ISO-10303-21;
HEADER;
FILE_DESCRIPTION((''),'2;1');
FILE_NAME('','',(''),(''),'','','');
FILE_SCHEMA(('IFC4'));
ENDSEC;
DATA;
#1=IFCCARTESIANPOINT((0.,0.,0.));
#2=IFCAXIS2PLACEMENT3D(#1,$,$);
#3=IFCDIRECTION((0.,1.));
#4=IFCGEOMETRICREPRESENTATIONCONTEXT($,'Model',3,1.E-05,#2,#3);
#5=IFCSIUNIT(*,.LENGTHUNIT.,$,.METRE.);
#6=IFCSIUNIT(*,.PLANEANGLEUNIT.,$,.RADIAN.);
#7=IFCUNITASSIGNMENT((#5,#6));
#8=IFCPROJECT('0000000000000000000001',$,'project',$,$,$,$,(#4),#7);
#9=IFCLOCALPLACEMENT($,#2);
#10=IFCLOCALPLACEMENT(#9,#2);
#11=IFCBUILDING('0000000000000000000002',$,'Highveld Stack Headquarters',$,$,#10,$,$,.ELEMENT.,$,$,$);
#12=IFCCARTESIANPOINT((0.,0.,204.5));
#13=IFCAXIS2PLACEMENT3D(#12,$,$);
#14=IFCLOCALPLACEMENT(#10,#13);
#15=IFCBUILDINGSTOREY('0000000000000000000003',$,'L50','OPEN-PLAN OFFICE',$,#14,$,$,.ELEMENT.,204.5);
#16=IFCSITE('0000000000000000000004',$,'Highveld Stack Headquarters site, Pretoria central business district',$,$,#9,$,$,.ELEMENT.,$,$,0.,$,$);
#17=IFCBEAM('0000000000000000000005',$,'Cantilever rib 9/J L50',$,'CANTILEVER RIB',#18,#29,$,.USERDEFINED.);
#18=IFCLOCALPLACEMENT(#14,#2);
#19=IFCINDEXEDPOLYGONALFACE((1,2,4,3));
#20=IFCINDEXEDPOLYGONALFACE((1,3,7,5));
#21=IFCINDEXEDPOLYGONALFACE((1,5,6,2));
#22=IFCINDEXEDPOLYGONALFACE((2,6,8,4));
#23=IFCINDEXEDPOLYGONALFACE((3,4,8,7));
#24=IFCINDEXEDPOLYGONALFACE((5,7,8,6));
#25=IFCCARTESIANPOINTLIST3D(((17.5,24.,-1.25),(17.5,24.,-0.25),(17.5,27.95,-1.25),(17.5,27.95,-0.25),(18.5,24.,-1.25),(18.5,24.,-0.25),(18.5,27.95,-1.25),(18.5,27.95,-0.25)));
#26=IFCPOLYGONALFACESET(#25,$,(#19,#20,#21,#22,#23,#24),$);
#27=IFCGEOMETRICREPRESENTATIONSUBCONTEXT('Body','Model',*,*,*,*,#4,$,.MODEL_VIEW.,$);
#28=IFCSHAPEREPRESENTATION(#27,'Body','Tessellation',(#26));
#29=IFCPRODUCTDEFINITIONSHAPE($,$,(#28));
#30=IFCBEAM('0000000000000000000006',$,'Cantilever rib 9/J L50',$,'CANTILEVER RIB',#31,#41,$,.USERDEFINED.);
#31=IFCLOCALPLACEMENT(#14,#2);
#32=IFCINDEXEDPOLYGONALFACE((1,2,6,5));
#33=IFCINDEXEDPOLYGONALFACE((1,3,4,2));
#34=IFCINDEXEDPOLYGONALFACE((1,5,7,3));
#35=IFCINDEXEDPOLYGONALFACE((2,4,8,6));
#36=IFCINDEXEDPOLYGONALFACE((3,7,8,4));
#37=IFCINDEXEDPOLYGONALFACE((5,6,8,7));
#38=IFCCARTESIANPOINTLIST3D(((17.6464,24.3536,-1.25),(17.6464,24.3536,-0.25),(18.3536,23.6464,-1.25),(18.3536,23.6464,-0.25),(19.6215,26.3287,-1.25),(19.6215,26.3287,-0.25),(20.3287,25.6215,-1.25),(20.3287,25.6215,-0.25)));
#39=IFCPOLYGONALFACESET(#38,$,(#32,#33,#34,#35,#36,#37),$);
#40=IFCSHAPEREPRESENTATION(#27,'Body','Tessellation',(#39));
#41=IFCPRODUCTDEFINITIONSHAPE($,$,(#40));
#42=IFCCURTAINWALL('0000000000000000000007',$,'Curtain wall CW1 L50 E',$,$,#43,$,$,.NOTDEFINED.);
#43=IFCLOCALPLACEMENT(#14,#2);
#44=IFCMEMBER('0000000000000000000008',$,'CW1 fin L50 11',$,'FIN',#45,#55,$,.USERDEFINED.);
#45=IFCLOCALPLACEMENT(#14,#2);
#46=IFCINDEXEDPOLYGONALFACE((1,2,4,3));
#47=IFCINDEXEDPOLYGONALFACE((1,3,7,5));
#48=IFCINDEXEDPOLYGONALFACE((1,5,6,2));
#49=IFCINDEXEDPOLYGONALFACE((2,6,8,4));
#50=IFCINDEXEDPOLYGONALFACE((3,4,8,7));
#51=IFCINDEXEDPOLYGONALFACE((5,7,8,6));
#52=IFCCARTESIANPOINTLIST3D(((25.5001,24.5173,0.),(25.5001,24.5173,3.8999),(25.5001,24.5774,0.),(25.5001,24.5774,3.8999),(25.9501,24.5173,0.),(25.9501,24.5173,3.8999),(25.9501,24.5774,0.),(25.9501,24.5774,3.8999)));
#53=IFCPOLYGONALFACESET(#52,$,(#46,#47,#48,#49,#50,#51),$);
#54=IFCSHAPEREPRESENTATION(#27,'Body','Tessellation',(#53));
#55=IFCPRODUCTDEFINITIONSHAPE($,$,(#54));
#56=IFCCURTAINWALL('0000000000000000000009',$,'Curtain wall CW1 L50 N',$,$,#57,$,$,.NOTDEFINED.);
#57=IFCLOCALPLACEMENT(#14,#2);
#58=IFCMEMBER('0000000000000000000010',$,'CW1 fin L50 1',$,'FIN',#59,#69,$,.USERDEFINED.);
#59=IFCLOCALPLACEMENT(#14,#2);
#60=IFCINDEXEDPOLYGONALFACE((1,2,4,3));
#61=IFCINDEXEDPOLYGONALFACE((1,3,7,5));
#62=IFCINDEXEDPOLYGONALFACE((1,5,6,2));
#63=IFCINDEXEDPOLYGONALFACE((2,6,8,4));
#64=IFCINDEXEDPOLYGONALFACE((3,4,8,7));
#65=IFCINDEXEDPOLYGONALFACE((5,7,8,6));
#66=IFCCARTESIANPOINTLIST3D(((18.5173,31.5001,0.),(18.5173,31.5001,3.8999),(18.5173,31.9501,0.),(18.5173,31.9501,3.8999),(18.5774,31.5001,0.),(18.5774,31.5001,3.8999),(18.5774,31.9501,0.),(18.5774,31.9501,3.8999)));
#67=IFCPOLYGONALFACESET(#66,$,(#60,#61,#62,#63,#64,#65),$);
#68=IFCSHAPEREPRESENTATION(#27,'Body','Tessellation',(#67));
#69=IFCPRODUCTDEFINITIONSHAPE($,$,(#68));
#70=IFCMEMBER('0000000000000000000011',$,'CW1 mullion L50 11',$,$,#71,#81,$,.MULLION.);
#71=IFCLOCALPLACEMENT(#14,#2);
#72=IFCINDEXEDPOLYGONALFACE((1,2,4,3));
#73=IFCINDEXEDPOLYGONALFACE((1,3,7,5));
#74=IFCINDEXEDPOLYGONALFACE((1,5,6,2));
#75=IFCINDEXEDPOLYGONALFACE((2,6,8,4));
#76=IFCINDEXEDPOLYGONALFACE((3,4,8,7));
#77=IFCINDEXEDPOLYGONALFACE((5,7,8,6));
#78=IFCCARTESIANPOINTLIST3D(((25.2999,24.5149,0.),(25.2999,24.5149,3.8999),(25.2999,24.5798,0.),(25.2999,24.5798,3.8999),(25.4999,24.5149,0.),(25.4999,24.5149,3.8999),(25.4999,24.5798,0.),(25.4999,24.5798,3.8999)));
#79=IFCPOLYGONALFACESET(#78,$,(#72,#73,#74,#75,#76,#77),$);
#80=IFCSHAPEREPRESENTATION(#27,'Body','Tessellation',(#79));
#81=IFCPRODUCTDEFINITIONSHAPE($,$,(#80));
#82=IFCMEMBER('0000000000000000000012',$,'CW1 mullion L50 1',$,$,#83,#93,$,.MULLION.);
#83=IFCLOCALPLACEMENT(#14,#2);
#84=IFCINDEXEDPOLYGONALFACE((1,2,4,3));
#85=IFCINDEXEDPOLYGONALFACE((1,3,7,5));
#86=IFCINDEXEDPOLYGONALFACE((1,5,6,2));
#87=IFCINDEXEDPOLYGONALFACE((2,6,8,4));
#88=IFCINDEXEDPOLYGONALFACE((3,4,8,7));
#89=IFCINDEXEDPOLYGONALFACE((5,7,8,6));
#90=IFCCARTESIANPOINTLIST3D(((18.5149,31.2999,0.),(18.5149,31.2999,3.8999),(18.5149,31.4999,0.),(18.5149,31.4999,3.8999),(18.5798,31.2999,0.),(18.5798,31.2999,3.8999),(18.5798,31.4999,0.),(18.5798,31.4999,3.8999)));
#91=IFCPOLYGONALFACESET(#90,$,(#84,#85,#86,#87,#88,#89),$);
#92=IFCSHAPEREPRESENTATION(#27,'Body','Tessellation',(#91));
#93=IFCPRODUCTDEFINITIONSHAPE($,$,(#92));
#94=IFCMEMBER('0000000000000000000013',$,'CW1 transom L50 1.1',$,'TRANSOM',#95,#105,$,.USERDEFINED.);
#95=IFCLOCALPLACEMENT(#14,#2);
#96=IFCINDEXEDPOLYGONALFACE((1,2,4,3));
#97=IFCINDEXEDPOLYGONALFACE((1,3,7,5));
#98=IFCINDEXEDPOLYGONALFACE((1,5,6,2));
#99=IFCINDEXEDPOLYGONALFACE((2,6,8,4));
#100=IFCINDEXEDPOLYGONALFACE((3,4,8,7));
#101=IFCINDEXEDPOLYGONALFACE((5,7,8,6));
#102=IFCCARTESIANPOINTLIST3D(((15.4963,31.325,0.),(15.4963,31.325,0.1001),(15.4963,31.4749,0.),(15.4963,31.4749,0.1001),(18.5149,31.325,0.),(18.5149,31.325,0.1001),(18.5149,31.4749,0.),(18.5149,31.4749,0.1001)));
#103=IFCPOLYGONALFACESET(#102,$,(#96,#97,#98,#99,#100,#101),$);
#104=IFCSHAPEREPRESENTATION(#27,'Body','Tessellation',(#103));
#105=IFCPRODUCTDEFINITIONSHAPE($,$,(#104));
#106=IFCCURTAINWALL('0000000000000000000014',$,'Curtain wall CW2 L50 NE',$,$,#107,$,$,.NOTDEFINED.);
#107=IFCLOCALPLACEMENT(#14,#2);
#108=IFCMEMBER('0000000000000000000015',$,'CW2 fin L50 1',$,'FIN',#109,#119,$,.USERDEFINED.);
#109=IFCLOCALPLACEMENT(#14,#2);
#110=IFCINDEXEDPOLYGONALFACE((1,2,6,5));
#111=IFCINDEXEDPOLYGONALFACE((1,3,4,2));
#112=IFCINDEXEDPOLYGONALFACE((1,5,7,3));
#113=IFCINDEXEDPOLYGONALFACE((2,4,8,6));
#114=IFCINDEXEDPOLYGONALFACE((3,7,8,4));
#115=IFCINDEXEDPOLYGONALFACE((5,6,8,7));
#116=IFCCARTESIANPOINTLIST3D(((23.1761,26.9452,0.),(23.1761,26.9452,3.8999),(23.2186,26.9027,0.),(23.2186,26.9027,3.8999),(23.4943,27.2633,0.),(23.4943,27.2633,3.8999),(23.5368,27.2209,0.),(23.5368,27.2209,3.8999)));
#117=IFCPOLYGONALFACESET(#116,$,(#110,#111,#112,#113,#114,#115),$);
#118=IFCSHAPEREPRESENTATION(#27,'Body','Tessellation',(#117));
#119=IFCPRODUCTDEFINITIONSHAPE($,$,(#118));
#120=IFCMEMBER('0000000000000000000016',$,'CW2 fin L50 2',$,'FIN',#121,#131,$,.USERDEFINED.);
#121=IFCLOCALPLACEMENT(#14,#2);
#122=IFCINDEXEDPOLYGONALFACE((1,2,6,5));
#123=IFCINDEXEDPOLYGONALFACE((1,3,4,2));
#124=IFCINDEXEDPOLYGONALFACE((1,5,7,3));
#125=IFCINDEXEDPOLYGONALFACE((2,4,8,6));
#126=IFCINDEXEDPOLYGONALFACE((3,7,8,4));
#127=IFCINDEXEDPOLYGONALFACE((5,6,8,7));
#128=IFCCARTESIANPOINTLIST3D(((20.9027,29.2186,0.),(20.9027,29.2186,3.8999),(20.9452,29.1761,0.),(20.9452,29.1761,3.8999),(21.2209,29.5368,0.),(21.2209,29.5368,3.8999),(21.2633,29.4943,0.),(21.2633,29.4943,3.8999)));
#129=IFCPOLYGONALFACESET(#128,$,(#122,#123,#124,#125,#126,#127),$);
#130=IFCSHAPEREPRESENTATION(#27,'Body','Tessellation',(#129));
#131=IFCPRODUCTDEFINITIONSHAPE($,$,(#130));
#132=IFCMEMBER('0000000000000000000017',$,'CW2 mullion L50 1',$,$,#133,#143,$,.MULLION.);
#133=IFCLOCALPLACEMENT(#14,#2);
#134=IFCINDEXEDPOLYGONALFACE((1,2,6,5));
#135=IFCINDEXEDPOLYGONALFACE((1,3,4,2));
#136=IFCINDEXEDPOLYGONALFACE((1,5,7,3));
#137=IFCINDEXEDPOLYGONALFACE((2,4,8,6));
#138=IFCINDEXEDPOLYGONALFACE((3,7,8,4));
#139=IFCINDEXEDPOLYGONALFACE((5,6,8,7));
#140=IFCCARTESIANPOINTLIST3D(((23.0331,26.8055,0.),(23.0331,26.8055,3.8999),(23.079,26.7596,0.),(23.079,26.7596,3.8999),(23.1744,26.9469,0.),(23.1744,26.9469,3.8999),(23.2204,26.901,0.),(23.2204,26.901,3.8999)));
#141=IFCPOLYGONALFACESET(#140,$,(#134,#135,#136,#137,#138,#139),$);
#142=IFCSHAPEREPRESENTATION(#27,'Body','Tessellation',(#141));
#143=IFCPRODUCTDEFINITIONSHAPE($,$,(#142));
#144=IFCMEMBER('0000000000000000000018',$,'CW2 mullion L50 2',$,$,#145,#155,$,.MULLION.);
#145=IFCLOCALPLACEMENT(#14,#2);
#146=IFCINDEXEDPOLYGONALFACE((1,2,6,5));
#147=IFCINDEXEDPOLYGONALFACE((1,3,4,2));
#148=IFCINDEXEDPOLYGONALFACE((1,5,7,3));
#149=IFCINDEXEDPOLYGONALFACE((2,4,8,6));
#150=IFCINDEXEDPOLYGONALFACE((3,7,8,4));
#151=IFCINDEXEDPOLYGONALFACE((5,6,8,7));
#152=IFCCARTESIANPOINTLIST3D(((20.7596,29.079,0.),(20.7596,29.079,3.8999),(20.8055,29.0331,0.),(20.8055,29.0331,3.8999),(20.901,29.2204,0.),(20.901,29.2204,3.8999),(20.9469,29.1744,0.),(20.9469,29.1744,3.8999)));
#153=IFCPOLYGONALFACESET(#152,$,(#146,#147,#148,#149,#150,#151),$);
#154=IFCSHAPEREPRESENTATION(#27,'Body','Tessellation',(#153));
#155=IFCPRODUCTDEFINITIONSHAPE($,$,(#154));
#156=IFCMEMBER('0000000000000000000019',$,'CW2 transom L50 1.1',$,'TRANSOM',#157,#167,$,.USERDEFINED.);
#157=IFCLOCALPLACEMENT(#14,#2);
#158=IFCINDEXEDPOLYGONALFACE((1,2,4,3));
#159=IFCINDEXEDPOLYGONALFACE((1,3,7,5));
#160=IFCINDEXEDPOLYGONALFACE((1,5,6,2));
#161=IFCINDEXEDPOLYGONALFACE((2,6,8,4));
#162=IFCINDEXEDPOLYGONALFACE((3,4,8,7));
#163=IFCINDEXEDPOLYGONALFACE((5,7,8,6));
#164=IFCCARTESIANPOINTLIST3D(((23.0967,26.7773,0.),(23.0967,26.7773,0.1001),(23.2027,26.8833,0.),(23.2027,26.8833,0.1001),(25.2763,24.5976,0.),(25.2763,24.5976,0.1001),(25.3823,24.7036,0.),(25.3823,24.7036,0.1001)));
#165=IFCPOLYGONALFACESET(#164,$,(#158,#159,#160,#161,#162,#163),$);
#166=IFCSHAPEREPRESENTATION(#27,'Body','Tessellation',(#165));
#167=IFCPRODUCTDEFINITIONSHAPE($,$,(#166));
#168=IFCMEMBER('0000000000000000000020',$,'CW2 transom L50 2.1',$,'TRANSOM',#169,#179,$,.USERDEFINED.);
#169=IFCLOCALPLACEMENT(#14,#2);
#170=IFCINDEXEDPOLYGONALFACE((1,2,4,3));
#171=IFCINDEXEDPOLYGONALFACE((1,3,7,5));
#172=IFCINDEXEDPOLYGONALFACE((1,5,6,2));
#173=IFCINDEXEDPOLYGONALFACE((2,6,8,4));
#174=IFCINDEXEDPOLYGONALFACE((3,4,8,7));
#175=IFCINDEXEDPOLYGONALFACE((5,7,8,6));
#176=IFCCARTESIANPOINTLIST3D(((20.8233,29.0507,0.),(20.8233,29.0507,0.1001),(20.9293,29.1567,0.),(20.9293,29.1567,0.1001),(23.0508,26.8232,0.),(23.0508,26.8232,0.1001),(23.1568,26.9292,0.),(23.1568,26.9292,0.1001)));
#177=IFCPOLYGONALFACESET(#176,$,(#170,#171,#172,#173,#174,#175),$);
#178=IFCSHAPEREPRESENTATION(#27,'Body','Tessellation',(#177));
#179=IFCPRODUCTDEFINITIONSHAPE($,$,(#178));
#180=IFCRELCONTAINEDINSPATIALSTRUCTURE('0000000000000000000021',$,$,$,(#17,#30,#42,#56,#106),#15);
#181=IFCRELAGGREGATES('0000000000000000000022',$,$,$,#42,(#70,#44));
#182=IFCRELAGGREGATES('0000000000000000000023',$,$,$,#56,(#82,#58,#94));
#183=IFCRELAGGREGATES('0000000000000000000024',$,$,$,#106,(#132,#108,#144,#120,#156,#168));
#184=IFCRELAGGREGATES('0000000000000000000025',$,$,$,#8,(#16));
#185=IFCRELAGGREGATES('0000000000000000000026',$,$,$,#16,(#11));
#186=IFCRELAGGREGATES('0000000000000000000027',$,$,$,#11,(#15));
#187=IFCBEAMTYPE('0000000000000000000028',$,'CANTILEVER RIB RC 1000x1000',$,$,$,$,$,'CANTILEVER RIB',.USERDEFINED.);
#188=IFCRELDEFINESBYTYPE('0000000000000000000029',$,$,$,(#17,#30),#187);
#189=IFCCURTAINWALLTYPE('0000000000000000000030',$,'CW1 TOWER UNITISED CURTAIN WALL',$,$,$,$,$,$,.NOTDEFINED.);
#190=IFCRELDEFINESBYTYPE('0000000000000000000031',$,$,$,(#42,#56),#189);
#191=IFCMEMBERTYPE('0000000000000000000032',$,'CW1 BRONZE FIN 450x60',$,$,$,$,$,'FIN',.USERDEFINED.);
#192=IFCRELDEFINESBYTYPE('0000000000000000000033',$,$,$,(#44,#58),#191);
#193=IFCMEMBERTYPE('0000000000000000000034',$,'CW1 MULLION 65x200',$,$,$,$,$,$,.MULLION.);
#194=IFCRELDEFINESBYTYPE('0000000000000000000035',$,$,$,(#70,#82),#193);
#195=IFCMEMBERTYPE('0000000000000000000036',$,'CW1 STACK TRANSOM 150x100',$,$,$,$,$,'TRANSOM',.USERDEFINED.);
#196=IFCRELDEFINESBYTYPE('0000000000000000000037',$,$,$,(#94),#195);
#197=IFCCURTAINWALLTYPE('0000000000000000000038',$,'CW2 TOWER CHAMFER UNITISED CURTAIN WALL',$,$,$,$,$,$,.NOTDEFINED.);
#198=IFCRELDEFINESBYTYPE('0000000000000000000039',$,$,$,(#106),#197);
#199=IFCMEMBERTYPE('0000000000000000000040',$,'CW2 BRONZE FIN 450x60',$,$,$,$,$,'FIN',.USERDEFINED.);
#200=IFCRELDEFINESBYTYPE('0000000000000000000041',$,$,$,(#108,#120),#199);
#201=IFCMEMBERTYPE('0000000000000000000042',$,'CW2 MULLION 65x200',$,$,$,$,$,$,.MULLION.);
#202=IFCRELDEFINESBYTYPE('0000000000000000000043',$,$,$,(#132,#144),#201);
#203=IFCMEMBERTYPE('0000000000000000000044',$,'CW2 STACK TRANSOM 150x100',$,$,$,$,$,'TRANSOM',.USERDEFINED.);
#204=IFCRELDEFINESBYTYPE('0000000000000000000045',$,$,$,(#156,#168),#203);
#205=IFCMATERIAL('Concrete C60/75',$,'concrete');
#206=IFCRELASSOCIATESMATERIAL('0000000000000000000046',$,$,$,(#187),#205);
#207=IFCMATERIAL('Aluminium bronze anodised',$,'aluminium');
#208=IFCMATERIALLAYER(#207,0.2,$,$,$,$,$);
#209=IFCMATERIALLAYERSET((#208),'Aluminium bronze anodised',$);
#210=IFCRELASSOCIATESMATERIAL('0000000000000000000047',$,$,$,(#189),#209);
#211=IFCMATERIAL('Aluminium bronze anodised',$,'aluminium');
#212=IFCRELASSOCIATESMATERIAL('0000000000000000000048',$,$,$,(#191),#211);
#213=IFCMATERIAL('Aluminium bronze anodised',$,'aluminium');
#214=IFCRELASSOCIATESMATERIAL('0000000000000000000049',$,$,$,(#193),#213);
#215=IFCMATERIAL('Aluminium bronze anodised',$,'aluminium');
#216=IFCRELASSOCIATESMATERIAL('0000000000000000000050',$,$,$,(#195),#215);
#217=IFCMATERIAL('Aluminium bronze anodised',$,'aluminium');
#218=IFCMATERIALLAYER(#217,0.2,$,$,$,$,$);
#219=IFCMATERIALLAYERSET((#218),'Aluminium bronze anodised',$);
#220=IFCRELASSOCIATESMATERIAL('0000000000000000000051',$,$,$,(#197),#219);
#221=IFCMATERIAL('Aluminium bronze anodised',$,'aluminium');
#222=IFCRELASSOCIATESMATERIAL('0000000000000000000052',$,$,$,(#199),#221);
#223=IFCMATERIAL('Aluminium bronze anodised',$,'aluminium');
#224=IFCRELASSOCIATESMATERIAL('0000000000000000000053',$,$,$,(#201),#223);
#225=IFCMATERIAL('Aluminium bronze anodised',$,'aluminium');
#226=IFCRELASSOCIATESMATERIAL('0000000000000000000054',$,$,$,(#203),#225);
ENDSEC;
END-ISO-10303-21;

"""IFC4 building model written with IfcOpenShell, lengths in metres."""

from ifc_helpers import new_model, si_unit, direction, frame, origin, origin_2d, place, context, subcontext, project, spatial, rectangle, extrude, material, layer, layer_set, material_profile, profile_set, type_object, element, aggregate, save


model = new_model("IFC4")

# Units and contexts
model_context = context("Model", 3, precision=1e-05, world=origin(), true_north=direction((0.0, 1.0)))
body_context = subcontext(model_context, "Body", "Model", "MODEL_VIEW")
ifc_project = project(units=[si_unit("LENGTHUNIT", "METRE"), si_unit("PLANEANGLEUNIT", "RADIAN")], contexts=[model_context])

# Site, building, storey
site_placement = place(None, origin())
site = spatial("IfcSite", under=ifc_project, at=site_placement, Name="Highveld Stack Headquarters site, Pretoria central business district", CompositionType="ELEMENT", RefElevation=0.0)
building_placement = place(site_placement, origin())
building = spatial("IfcBuilding", under=site, at=building_placement, Name="Highveld Stack Headquarters", CompositionType="ELEMENT")
storey_placement = place(building_placement, frame((0.0, 0.0, 204.5)))
storey = spatial("IfcBuildingStorey", under=building, at=storey_placement, Name="L50", Description="OPEN-PLAN OFFICE", CompositionType="ELEMENT", Elevation=204.5)

# Beams
ifc_material_1 = material(Name="Concrete C60/75", Category="concrete")
ifc_material_profile_1 = material_profile(ifc_material_1, rectangle(XDim=1.0, YDim=1.0, at=origin_2d()), Name="RC 1000x1000")
ifc_profile_set_1 = profile_set([ifc_material_profile_1], Name="Concrete C60/75")
beam_type_1 = type_object("IfcBeamType", Name="CANTILEVER RIB RC 1000x1000", ElementType="CANTILEVER RIB", PredefinedType="USERDEFINED", material=ifc_profile_set_1)
beam_1_placement = place(storey_placement, frame((18.0, 24.0, -0.75), z_axis=(0.0, 1.0, 0.0), x_axis=(-1.0, 0.0, 0.0)))
element("IfcBeam", 1, at=beam_1_placement, inside=storey, type_object=beam_type_1, Name="Cantilever rib 9/J L50", ObjectType="CANTILEVER RIB", PredefinedType="USERDEFINED", context=body_context, shape_type="SweptSolid", body=[
    extrude(rectangle(XDim=1.0, YDim=1.0, at=origin_2d()), origin(), (0.0, 0.0, 1.0), 3.95),
])
beam_2_placement = place(storey_placement, frame((18.0, 24.0, -0.75), z_axis=(0.707107, 0.707107, 0.0), x_axis=(-0.707107, 0.707107, 0.0)))
element("IfcBeam", 2, at=beam_2_placement, inside=storey, type_object=beam_type_1, Name="Cantilever rib 9/J L50", ObjectType="CANTILEVER RIB", PredefinedType="USERDEFINED", context=body_context, shape_type="SweptSolid", body=[
    extrude(rectangle(XDim=1.0, YDim=1.0, at=origin_2d()), origin(), (0.0, 0.0, 1.0), 2.7932),
])

# Curtain walls, members
ifc_material_2 = material(Name="Aluminium bronze anodised", Category="aluminium")
ifc_layer_1 = layer(ifc_material_2, 0.2)
ifc_layer_set_1 = layer_set([ifc_layer_1], Name="Aluminium bronze anodised")
curtain_wall_type_1 = type_object("IfcCurtainWallType", Name="CW1 TOWER UNITISED CURTAIN WALL", PredefinedType="NOTDEFINED", material=ifc_layer_set_1)
curtain_wall_1_placement = place(storey_placement, origin())
curtain_wall_1 = element("IfcCurtainWall", 3, at=curtain_wall_1_placement, inside=storey, type_object=curtain_wall_type_1, Name="Curtain wall CW1 L50 E", PredefinedType="NOTDEFINED")
ifc_material_3 = material(Name="Aluminium bronze anodised", Category="aluminium")
ifc_material_profile_2 = material_profile(ifc_material_3, rectangle(XDim=0.45, YDim=0.0601, at=origin_2d()), Name="FIN 450x60")
ifc_profile_set_2 = profile_set([ifc_material_profile_2], Name="Aluminium bronze anodised")
member_type_1 = type_object("IfcMemberType", Name="CW1 BRONZE FIN 450x60", ElementType="FIN", PredefinedType="USERDEFINED", material=ifc_profile_set_2)
member_1_placement = place(storey_placement, frame((25.7251, 24.5474, 0.0), z_axis=(0.0, 0.0, 1.0), x_axis=(-1.0, 0.0, 0.0)))
member_1 = element("IfcMember", 4, at=member_1_placement, type_object=member_type_1, Name="CW1 fin L50 11", ObjectType="FIN", PredefinedType="USERDEFINED", context=body_context, shape_type="SweptSolid", body=[
    extrude(rectangle(XDim=0.45, YDim=0.0601, at=origin_2d()), origin(), (0.0, 0.0, 1.0), 3.8999),
])
curtain_wall_2_placement = place(storey_placement, origin())
curtain_wall_2 = element("IfcCurtainWall", 5, at=curtain_wall_2_placement, inside=storey, type_object=curtain_wall_type_1, Name="Curtain wall CW1 L50 N", PredefinedType="NOTDEFINED")
member_2_placement = place(storey_placement, frame((18.5474, 31.7251, 0.0), z_axis=(0.0, 0.0, 1.0), x_axis=(0.0, -1.0, 0.0)))
member_2 = element("IfcMember", 6, at=member_2_placement, type_object=member_type_1, Name="CW1 fin L50 1", ObjectType="FIN", PredefinedType="USERDEFINED", context=body_context, shape_type="SweptSolid", body=[
    extrude(rectangle(XDim=0.45, YDim=0.0601, at=origin_2d()), origin(), (0.0, 0.0, 1.0), 3.8999),
])

# Members
ifc_material_4 = material(Name="Aluminium bronze anodised", Category="aluminium")
ifc_material_profile_3 = material_profile(ifc_material_4, rectangle(XDim=0.2, YDim=0.0649, at=origin_2d()), Name="CW1 MULLION 65x200")
ifc_profile_set_3 = profile_set([ifc_material_profile_3], Name="Aluminium bronze anodised")
member_type_2 = type_object("IfcMemberType", Name="CW1 MULLION 65x200", PredefinedType="MULLION", material=ifc_profile_set_3)
member_3_placement = place(storey_placement, frame((25.3999, 24.5474, 0.0), z_axis=(0.0, 0.0, 1.0), x_axis=(-1.0, 0.0, 0.0)))
member_3 = element("IfcMember", 7, at=member_3_placement, type_object=member_type_2, Name="CW1 mullion L50 11", PredefinedType="MULLION", context=body_context, shape_type="SweptSolid", body=[
    extrude(rectangle(XDim=0.2, YDim=0.0649, at=origin_2d()), origin(), (0.0, 0.0, 1.0), 3.8999),
])
aggregate(curtain_wall_1, [member_3, member_1])
member_4_placement = place(storey_placement, frame((18.5474, 31.3999, 0.0), z_axis=(0.0, 0.0, 1.0), x_axis=(0.0, -1.0, 0.0)))
member_4 = element("IfcMember", 8, at=member_4_placement, type_object=member_type_2, Name="CW1 mullion L50 1", PredefinedType="MULLION", context=body_context, shape_type="SweptSolid", body=[
    extrude(rectangle(XDim=0.2, YDim=0.0649, at=origin_2d()), origin(), (0.0, 0.0, 1.0), 3.8999),
])
ifc_material_5 = material(Name="Aluminium bronze anodised", Category="aluminium")
ifc_material_profile_4 = material_profile(ifc_material_5, rectangle(XDim=0.1499, YDim=0.1001, at=origin_2d()), Name="CW1 TRANSOM 150x100")
ifc_profile_set_4 = profile_set([ifc_material_profile_4], Name="Aluminium bronze anodised")
member_type_3 = type_object("IfcMemberType", Name="CW1 STACK TRANSOM 150x100", ElementType="TRANSOM", PredefinedType="USERDEFINED", material=ifc_profile_set_4)
member_5_placement = place(storey_placement, frame((18.5149, 31.3999, 0.05), z_axis=(-1.0, 0.0, 0.0), x_axis=(0.0, -1.0, 0.0)))
member_5 = element("IfcMember", 9, at=member_5_placement, type_object=member_type_3, Name="CW1 transom L50 1.1", ObjectType="TRANSOM", PredefinedType="USERDEFINED", context=body_context, shape_type="SweptSolid", body=[
    extrude(rectangle(XDim=0.1499, YDim=0.1001, at=origin_2d()), origin(), (0.0, 0.0, 1.0), 3.0186),
])
aggregate(curtain_wall_2, [member_4, member_2, member_5])

# Curtain wall, members
ifc_material_6 = material(Name="Aluminium bronze anodised", Category="aluminium")
ifc_layer_2 = layer(ifc_material_6, 0.2)
ifc_layer_set_2 = layer_set([ifc_layer_2], Name="Aluminium bronze anodised")
curtain_wall_type_2 = type_object("IfcCurtainWallType", Name="CW2 TOWER CHAMFER UNITISED CURTAIN WALL", PredefinedType="NOTDEFINED", material=ifc_layer_set_2)
curtain_wall_3_placement = place(storey_placement, origin())
curtain_wall_3 = element("IfcCurtainWall", 10, at=curtain_wall_3_placement, inside=storey, type_object=curtain_wall_type_2, Name="Curtain wall CW2 L50 NE", PredefinedType="NOTDEFINED")
ifc_material_7 = material(Name="Aluminium bronze anodised", Category="aluminium")
ifc_material_profile_5 = material_profile(ifc_material_7, rectangle(XDim=0.45, YDim=0.0601, at=origin_2d()), Name="FIN 450x60")
ifc_profile_set_5 = profile_set([ifc_material_profile_5], Name="Aluminium bronze anodised")
member_type_4 = type_object("IfcMemberType", Name="CW2 BRONZE FIN 450x60", ElementType="FIN", PredefinedType="USERDEFINED", material=ifc_profile_set_5)
member_6_placement = place(storey_placement, frame((23.3564, 27.083, 0.0), z_axis=(0.0, 0.0, 1.0), x_axis=(-0.707107, -0.707107, 0.0)))
member_6 = element("IfcMember", 11, at=member_6_placement, type_object=member_type_4, Name="CW2 fin L50 1", ObjectType="FIN", PredefinedType="USERDEFINED", context=body_context, shape_type="SweptSolid", body=[
    extrude(rectangle(XDim=0.45, YDim=0.0601, at=origin_2d()), origin(), (0.0, 0.0, 1.0), 3.8999),
])
member_7_placement = place(storey_placement, frame((21.083, 29.3564, 0.0), z_axis=(0.0, 0.0, 1.0), x_axis=(-0.707107, -0.707107, 0.0)))
member_7 = element("IfcMember", 12, at=member_7_placement, type_object=member_type_4, Name="CW2 fin L50 2", ObjectType="FIN", PredefinedType="USERDEFINED", context=body_context, shape_type="SweptSolid", body=[
    extrude(rectangle(XDim=0.45, YDim=0.0601, at=origin_2d()), origin(), (0.0, 0.0, 1.0), 3.8999),
])
ifc_material_8 = material(Name="Aluminium bronze anodised", Category="aluminium")
ifc_material_profile_6 = material_profile(ifc_material_8, rectangle(XDim=0.2, YDim=0.0649, at=origin_2d()), Name="CW2 MULLION 65x200")
ifc_profile_set_6 = profile_set([ifc_material_profile_6], Name="Aluminium bronze anodised")
member_type_5 = type_object("IfcMemberType", Name="CW2 MULLION 65x200", PredefinedType="MULLION", material=ifc_profile_set_6)
member_8_placement = place(storey_placement, frame((23.1267, 26.8533, 0.0), z_axis=(0.0, 0.0, 1.0), x_axis=(-0.707107, -0.707107, 0.0)))
member_8 = element("IfcMember", 13, at=member_8_placement, type_object=member_type_5, Name="CW2 mullion L50 1", PredefinedType="MULLION", context=body_context, shape_type="SweptSolid", body=[
    extrude(rectangle(XDim=0.2, YDim=0.0649, at=origin_2d()), origin(), (0.0, 0.0, 1.0), 3.8999),
])
member_9_placement = place(storey_placement, frame((20.8533, 29.1267, 0.0), z_axis=(0.0, 0.0, 1.0), x_axis=(-0.707107, -0.707107, 0.0)))
member_9 = element("IfcMember", 14, at=member_9_placement, type_object=member_type_5, Name="CW2 mullion L50 2", PredefinedType="MULLION", context=body_context, shape_type="SweptSolid", body=[
    extrude(rectangle(XDim=0.2, YDim=0.0649, at=origin_2d()), origin(), (0.0, 0.0, 1.0), 3.8999),
])
ifc_material_9 = material(Name="Aluminium bronze anodised", Category="aluminium")
ifc_material_profile_7 = material_profile(ifc_material_9, rectangle(XDim=0.1499, YDim=0.1001, at=origin_2d()), Name="CW2 TRANSOM 150x100")
ifc_profile_set_7 = profile_set([ifc_material_profile_7], Name="Aluminium bronze anodised")
member_type_6 = type_object("IfcMemberType", Name="CW2 STACK TRANSOM 150x100", ElementType="TRANSOM", PredefinedType="USERDEFINED", material=ifc_profile_set_7)
member_10_placement = place(storey_placement, frame((25.3293, 24.6506, 0.05), z_axis=(-0.707107, 0.707107, 0.0), x_axis=(-0.707107, -0.707107, 0.0)))
member_10 = element("IfcMember", 15, at=member_10_placement, type_object=member_type_6, Name="CW2 transom L50 1.1", ObjectType="TRANSOM", PredefinedType="USERDEFINED", context=body_context, shape_type="SweptSolid", body=[
    extrude(rectangle(XDim=0.1499, YDim=0.1001, at=origin_2d()), origin(), (0.0, 0.0, 1.0), 3.0825),
])
member_11_placement = place(storey_placement, frame((23.1038, 26.8762, 0.05), z_axis=(-0.707107, 0.707107, 0.0), x_axis=(-0.707107, -0.707107, 0.0)))
member_11 = element("IfcMember", 16, at=member_11_placement, type_object=member_type_6, Name="CW2 transom L50 2.1", ObjectType="TRANSOM", PredefinedType="USERDEFINED", context=body_context, shape_type="SweptSolid", body=[
    extrude(rectangle(XDim=0.1499, YDim=0.1001, at=origin_2d()), origin(), (0.0, 0.0, 1.0), 3.1501),
])

aggregate(curtain_wall_3, [member_8, member_6, member_9, member_7, member_10, member_11])

save(model, "model.ifc")
